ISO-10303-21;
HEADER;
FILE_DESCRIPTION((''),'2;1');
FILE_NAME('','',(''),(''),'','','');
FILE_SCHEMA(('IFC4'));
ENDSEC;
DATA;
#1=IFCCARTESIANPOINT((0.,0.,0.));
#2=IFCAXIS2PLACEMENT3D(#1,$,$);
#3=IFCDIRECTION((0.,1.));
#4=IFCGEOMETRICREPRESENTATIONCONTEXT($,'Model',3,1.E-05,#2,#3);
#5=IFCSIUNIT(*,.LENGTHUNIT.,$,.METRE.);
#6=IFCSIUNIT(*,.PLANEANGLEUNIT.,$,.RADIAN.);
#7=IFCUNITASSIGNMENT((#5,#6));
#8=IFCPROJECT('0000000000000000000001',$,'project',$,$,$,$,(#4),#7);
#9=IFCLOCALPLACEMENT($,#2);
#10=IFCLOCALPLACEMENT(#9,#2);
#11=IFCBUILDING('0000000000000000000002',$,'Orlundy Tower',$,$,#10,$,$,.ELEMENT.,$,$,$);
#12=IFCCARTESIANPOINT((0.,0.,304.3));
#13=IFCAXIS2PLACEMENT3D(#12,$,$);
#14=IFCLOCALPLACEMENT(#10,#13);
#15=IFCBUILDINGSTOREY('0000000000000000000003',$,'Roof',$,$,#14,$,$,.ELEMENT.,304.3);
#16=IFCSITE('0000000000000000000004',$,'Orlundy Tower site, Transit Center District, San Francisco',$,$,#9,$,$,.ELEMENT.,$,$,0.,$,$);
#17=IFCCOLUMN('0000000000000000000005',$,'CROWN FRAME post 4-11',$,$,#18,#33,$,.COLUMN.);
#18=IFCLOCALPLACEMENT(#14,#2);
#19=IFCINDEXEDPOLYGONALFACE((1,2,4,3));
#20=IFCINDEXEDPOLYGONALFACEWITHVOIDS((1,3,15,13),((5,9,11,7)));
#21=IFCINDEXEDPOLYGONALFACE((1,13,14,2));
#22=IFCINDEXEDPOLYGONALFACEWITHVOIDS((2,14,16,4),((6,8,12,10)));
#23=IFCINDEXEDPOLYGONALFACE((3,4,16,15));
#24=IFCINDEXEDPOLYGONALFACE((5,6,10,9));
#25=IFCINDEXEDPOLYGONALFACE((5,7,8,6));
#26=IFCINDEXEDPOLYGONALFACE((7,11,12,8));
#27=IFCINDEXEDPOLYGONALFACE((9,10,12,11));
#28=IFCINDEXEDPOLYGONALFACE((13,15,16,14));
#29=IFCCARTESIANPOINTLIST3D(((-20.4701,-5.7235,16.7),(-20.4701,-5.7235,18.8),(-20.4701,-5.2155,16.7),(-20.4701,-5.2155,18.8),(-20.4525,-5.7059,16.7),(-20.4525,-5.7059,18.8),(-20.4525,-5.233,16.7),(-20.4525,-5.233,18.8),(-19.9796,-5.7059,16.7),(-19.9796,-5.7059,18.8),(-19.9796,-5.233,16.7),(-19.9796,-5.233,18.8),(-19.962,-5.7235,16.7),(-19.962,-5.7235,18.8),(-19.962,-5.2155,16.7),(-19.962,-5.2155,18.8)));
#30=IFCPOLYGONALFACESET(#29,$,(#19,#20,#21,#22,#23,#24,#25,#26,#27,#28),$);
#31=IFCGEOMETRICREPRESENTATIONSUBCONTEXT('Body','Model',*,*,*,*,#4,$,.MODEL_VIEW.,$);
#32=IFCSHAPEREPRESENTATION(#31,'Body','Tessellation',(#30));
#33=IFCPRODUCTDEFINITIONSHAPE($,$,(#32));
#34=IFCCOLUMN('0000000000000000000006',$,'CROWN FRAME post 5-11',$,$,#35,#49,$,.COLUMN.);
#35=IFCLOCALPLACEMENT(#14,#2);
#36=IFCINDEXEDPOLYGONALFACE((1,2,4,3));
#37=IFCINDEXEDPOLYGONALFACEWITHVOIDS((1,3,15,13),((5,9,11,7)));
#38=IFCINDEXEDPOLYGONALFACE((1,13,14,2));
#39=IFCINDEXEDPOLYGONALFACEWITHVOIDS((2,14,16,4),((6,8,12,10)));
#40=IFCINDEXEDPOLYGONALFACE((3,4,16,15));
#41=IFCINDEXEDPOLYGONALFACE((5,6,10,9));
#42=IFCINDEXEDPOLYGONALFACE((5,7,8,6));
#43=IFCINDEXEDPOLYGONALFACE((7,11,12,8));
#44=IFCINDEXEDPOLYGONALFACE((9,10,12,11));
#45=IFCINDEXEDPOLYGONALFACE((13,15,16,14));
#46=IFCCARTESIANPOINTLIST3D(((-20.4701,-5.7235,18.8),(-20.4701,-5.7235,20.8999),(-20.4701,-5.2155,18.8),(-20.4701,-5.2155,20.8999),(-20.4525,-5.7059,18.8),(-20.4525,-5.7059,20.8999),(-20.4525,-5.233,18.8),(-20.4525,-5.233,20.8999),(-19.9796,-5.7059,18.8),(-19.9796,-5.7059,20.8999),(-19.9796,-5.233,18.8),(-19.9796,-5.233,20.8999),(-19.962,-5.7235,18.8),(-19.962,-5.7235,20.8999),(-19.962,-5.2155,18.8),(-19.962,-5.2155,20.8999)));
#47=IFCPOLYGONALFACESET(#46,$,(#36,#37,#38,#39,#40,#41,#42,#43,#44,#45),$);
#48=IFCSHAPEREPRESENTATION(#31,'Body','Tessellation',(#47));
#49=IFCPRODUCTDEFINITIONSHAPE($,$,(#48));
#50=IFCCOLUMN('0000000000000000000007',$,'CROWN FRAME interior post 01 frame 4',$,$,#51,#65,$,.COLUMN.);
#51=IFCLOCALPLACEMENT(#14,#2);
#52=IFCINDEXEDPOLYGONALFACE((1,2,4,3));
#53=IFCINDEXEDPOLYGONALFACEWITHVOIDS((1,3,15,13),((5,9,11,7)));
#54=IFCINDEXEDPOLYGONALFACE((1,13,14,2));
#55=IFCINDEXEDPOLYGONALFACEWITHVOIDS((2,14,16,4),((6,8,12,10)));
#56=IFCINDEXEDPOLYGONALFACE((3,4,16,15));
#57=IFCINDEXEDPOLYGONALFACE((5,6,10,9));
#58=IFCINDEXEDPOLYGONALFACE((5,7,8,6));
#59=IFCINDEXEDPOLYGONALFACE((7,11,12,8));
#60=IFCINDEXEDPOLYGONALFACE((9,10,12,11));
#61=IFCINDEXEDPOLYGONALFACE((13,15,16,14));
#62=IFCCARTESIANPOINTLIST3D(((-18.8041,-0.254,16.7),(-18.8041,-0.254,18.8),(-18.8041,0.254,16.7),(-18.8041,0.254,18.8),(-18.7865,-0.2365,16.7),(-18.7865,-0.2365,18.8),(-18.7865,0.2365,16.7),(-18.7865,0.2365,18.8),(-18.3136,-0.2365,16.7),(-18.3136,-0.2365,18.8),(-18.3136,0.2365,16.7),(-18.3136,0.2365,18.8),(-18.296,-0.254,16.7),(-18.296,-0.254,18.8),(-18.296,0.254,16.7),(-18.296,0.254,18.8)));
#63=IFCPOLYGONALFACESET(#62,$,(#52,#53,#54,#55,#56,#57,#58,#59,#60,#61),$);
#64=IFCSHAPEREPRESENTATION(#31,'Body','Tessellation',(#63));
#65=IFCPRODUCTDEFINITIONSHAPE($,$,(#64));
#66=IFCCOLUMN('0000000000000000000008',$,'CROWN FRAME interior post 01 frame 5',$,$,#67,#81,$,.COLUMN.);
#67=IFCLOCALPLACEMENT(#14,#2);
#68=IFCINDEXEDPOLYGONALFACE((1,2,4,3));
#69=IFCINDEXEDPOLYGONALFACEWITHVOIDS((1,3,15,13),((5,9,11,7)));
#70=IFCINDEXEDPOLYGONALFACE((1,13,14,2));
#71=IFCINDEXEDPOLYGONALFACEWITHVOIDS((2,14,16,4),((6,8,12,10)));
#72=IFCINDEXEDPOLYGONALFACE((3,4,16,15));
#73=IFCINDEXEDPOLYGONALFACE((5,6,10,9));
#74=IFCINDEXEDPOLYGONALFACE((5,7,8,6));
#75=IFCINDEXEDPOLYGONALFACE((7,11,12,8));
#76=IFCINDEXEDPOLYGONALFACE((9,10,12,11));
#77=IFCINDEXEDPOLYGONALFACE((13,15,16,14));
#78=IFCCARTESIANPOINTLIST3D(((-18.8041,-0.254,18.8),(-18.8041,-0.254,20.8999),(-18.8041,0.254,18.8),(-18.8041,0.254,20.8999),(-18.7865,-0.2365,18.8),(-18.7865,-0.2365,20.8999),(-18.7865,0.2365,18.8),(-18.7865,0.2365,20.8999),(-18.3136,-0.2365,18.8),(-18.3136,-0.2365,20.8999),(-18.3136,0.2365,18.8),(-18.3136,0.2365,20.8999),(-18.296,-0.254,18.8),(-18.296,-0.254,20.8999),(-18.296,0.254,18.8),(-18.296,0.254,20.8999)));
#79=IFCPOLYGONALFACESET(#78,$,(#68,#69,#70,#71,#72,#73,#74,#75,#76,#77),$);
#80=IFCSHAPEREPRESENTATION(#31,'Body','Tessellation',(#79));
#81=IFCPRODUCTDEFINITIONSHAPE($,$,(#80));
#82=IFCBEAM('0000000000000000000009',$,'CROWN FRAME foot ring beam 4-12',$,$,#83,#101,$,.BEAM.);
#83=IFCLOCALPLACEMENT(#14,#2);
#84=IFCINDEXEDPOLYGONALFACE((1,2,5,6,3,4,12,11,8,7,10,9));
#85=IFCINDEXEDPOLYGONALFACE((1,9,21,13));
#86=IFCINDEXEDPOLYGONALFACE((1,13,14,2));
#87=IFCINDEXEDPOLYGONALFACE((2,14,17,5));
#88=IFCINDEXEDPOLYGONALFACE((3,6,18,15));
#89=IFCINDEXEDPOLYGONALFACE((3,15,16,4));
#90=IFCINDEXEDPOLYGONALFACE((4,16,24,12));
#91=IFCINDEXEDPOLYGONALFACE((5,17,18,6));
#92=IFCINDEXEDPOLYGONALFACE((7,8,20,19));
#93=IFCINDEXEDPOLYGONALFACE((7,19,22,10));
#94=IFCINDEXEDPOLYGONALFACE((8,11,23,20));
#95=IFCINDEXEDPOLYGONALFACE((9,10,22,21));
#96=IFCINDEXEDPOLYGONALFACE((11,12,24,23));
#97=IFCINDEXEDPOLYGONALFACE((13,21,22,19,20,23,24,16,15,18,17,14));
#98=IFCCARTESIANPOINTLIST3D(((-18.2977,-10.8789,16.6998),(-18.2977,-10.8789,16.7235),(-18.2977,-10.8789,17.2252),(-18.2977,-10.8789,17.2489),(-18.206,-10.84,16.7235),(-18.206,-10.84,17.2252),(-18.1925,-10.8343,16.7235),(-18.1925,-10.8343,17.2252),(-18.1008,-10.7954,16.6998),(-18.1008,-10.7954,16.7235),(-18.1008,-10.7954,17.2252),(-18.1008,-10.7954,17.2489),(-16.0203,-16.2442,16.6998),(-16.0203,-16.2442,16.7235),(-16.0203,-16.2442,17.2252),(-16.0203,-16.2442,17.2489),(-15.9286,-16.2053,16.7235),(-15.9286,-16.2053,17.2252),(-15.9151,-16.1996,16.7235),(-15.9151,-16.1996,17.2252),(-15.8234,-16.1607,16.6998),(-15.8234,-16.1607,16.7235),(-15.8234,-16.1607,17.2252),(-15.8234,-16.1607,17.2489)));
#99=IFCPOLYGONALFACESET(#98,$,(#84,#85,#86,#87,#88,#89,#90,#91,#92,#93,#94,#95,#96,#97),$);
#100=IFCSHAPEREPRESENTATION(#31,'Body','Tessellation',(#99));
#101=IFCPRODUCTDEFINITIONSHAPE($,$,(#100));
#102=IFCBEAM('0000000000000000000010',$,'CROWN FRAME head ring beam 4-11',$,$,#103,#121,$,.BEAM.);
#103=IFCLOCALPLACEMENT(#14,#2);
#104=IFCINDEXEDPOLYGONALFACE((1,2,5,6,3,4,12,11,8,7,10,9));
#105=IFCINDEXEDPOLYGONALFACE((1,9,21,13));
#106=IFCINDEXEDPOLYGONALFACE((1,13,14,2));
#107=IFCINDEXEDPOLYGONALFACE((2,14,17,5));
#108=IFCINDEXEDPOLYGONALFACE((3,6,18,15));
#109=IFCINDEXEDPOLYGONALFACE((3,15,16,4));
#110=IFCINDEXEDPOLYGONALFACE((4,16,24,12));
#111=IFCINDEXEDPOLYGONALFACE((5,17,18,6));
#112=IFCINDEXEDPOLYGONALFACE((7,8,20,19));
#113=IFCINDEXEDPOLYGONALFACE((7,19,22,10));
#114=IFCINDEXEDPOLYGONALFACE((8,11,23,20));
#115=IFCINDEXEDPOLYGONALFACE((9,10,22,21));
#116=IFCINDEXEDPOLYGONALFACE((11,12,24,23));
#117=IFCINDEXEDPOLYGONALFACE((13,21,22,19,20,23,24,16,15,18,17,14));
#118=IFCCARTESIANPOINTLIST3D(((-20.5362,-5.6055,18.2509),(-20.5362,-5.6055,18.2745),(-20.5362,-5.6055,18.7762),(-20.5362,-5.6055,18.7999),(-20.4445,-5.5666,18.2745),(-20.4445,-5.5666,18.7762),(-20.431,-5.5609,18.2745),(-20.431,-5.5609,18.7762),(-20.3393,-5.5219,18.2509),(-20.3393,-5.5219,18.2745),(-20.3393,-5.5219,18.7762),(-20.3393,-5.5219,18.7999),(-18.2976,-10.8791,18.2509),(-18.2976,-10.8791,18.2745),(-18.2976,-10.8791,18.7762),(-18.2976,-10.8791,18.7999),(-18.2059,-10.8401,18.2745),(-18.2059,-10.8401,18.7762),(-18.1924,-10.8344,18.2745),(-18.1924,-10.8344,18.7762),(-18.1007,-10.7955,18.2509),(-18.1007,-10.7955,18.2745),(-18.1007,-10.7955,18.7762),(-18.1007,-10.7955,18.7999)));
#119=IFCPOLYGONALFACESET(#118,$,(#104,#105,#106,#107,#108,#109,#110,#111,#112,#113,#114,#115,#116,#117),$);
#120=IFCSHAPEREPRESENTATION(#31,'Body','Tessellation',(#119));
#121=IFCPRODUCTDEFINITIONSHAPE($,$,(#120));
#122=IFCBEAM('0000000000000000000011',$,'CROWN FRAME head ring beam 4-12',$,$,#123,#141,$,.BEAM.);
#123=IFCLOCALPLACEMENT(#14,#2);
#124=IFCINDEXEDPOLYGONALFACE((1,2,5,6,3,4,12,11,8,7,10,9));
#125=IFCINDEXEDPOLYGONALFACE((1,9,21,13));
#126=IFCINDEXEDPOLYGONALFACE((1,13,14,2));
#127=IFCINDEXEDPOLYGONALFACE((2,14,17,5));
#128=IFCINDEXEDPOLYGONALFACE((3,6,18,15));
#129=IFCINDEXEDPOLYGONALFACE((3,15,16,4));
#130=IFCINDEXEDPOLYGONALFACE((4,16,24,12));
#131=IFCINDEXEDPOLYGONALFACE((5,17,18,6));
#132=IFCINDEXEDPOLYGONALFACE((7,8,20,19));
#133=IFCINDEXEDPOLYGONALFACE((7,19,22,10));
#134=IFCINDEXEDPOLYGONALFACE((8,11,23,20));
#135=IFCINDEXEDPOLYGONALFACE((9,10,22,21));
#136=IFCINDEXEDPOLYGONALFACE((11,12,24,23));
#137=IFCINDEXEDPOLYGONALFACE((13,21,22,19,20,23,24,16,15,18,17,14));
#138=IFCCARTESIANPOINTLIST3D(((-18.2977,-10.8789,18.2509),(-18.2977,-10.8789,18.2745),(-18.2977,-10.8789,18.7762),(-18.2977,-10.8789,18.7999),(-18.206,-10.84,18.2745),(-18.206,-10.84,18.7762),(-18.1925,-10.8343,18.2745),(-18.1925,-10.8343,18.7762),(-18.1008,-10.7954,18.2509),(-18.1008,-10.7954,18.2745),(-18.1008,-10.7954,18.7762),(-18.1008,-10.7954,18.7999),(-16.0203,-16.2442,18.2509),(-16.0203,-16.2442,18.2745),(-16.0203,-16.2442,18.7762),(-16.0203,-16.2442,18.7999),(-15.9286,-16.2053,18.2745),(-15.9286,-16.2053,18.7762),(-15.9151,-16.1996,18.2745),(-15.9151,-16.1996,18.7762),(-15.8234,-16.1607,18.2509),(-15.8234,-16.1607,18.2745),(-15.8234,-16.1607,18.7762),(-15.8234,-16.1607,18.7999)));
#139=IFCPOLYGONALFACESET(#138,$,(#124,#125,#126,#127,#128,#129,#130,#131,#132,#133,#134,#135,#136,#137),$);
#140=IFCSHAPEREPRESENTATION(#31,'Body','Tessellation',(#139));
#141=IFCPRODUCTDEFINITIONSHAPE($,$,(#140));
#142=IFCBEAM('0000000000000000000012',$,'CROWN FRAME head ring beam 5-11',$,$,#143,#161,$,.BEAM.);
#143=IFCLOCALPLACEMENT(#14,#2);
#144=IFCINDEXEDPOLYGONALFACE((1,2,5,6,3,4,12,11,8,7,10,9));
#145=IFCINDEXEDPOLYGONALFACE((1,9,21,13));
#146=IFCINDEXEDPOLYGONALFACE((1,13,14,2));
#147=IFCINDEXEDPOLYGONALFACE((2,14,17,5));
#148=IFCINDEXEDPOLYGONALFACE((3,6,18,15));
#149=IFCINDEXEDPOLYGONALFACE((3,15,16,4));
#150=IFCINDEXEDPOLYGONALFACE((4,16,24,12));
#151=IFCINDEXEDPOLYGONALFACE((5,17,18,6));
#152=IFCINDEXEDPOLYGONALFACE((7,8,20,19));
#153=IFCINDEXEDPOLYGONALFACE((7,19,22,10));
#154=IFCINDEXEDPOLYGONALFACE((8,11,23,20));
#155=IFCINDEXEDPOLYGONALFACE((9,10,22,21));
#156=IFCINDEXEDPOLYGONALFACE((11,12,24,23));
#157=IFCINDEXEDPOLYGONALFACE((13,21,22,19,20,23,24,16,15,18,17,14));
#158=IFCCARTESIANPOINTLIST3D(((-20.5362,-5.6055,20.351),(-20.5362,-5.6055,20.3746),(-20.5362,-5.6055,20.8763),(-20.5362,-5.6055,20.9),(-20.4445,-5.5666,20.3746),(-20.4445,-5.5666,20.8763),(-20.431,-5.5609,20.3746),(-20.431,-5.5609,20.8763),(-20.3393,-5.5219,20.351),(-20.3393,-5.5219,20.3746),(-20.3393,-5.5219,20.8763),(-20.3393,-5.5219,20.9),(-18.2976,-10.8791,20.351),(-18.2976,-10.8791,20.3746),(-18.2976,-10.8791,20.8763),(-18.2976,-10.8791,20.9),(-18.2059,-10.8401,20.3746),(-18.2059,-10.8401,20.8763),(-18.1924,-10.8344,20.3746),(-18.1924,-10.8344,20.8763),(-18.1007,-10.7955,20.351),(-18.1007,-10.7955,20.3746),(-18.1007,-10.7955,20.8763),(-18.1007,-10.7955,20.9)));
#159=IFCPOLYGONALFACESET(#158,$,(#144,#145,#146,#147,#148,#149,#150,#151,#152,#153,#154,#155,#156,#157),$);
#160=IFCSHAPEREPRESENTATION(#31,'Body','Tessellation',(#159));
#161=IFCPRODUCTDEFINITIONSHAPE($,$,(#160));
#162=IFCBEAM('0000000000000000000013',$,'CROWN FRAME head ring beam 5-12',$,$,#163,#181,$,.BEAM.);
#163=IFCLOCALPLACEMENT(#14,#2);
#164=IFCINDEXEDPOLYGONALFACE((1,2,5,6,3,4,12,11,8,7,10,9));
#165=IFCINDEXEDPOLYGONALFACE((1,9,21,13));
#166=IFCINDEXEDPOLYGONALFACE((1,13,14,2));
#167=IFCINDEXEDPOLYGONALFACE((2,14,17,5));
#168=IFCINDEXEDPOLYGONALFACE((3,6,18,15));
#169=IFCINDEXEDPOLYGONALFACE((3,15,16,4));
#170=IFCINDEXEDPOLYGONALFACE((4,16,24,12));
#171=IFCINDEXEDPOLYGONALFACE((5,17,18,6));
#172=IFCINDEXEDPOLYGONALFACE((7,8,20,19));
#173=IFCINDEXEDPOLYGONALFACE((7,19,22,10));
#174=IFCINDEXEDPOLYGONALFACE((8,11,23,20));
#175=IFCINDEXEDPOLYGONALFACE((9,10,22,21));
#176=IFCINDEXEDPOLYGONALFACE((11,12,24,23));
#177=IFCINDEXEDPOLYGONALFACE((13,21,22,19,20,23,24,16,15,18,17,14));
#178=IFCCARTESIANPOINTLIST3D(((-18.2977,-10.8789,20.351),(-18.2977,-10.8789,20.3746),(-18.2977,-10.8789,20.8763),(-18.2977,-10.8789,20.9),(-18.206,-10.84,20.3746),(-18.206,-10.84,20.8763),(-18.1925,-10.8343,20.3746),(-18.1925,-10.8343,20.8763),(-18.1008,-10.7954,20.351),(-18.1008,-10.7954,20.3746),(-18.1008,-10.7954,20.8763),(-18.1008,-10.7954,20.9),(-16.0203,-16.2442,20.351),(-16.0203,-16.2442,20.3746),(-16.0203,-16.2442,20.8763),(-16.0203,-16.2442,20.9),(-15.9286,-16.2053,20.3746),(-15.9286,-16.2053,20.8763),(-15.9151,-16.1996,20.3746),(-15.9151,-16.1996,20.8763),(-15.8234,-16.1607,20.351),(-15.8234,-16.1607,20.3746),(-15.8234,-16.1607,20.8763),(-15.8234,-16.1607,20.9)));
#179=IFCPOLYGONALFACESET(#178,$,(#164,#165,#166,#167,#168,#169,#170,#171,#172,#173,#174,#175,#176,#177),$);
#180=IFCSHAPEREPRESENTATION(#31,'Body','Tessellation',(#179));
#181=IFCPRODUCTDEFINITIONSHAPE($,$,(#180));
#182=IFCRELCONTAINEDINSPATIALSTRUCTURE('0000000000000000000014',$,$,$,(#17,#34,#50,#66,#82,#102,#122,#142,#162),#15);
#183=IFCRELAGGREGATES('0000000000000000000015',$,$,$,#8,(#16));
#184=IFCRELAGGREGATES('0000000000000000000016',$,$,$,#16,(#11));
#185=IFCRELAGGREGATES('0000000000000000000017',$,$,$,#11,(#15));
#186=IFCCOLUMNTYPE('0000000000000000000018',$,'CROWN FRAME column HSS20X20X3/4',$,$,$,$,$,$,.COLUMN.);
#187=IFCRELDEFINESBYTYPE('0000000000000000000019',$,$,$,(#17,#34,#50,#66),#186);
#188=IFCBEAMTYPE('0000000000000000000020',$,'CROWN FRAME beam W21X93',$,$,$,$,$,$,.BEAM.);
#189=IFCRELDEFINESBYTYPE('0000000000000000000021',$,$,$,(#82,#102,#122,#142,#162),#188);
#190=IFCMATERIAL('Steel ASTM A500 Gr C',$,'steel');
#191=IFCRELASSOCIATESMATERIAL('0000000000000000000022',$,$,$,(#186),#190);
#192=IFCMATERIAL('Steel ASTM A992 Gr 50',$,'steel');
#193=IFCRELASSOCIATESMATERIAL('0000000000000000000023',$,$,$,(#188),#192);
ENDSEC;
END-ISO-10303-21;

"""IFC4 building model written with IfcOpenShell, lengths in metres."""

from ifc_helpers import new_model, si_unit, direction, frame, origin, origin_2d, place, context, subcontext, project, spatial, hollow_rectangle, i_section, extrude, material, material_profile, profile_set, type_object, element, save


model = new_model("IFC4")

# Units and contexts
model_context = context("Model", 3, precision=1e-05, world=origin(), true_north=direction((0.0, 1.0)))
body_context = subcontext(model_context, "Body", "Model", "MODEL_VIEW")
ifc_project = project(units=[si_unit("LENGTHUNIT", "METRE"), si_unit("PLANEANGLEUNIT", "RADIAN")], contexts=[model_context])

# Site, building, storey
site_placement = place(None, origin())
site = spatial("IfcSite", under=ifc_project, at=site_placement, Name="Orlundy Tower site, Transit Center District, San Francisco", CompositionType="ELEMENT", RefElevation=0.0)
building_placement = place(site_placement, origin())
building = spatial("IfcBuilding", under=site, at=building_placement, Name="Orlundy Tower", CompositionType="ELEMENT")
storey_placement = place(building_placement, frame((0.0, 0.0, 304.3)))
storey = spatial("IfcBuildingStorey", under=building, at=storey_placement, Name="Roof", CompositionType="ELEMENT", Elevation=304.3)

# Columns
ifc_material_1 = material(Name="Steel ASTM A500 Gr C", Category="steel")
ifc_material_profile_1 = material_profile(ifc_material_1, hollow_rectangle(XDim=0.5081, YDim=0.5081, WallThickness=0.0176, at=origin_2d()), Name="HSS20X20X3/4")
ifc_profile_set_1 = profile_set([ifc_material_profile_1], Name="Steel ASTM A500 Gr C")
column_type = type_object("IfcColumnType", Name="CROWN FRAME column HSS20X20X3/4", PredefinedType="COLUMN", material=ifc_profile_set_1)
column_1_placement = place(storey_placement, frame((-20.2161, -5.4695, 16.7), z_axis=(0.0, 0.0, 1.0), x_axis=(1.0, 0.0, 0.0)))
element("IfcColumn", 1, at=column_1_placement, inside=storey, type_object=column_type, Name="CROWN FRAME post 4-11", PredefinedType="COLUMN", context=body_context, shape_type="SweptSolid", body=[
    extrude(hollow_rectangle(XDim=0.5081, YDim=0.5081, WallThickness=0.0176, at=origin_2d()), origin(), (0.0, 0.0, 1.0), 2.1001),
])
column_2_placement = place(storey_placement, frame((-20.2161, -5.4695, 18.8), z_axis=(0.0, 0.0, 1.0), x_axis=(1.0, 0.0, 0.0)))
element("IfcColumn", 2, at=column_2_placement, inside=storey, type_object=column_type, Name="CROWN FRAME post 5-11", PredefinedType="COLUMN", context=body_context, shape_type="SweptSolid", body=[
    extrude(hollow_rectangle(XDim=0.5081, YDim=0.5081, WallThickness=0.0176, at=origin_2d()), origin(), (0.0, 0.0, 1.0), 2.0999),
])
column_3_placement = place(storey_placement, frame((-18.55, 0.0, 16.7), z_axis=(0.0, 0.0, 1.0), x_axis=(1.0, 0.0, 0.0)))
element("IfcColumn", 3, at=column_3_placement, inside=storey, type_object=column_type, Name="CROWN FRAME interior post 01 frame 4", PredefinedType="COLUMN", context=body_context, shape_type="SweptSolid", body=[
    extrude(hollow_rectangle(XDim=0.5081, YDim=0.5081, WallThickness=0.0176, at=origin_2d()), origin(), (0.0, 0.0, 1.0), 2.1001),
])
column_4_placement = place(storey_placement, frame((-18.55, 0.0, 18.8), z_axis=(0.0, 0.0, 1.0), x_axis=(1.0, 0.0, 0.0)))
element("IfcColumn", 4, at=column_4_placement, inside=storey, type_object=column_type, Name="CROWN FRAME interior post 01 frame 5", PredefinedType="COLUMN", context=body_context, shape_type="SweptSolid", body=[
    extrude(hollow_rectangle(XDim=0.5081, YDim=0.5081, WallThickness=0.0176, at=origin_2d()), origin(), (0.0, 0.0, 1.0), 2.0999),
])

# Beams
ifc_material_2 = material(Name="Steel ASTM A992 Gr 50", Category="steel")
ifc_material_profile_2 = material_profile(ifc_material_2, i_section(OverallWidth=0.2139, OverallDepth=0.5491, WebThickness=0.0146, FlangeThickness=0.0237, at=origin_2d()), Name="W21X93")
ifc_profile_set_2 = profile_set([ifc_material_profile_2], Name="Steel ASTM A992 Gr 50")
beam_type_1 = type_object("IfcBeamType", Name="CROWN FRAME beam W21X93", PredefinedType="BEAM", material=ifc_profile_set_2)
beam_1_placement = place(storey_placement, frame((-18.1992, -10.8372, 16.9744), z_axis=(0.390722, -0.920509, 0.0), x_axis=(0.920509, 0.390722, 0.0)))
element("IfcBeam", 5, at=beam_1_placement, inside=storey, type_object=beam_type_1, Name="CROWN FRAME foot ring beam 4-12", PredefinedType="BEAM", context=body_context, shape_type="SweptSolid", body=[
    extrude(i_section(OverallWidth=0.2139, OverallDepth=0.5491, WebThickness=0.0146, FlangeThickness=0.0237, at=origin_2d()), origin(), (0.0, 0.0, 1.0), 5.8286),
])
beam_2_placement = place(storey_placement, frame((-20.4377, -5.5637, 18.5254), z_axis=(0.390744, -0.9205, 0.0), x_axis=(0.9205, 0.390744, 0.0)))
element("IfcBeam", 6, at=beam_2_placement, inside=storey, type_object=beam_type_1, Name="CROWN FRAME head ring beam 4-11", PredefinedType="BEAM", context=body_context, shape_type="SweptSolid", body=[
    extrude(i_section(OverallWidth=0.2139, OverallDepth=0.5491, WebThickness=0.0146, FlangeThickness=0.0237, at=origin_2d()), origin(), (0.0, 0.0, 1.0), 5.729),
])
beam_3_placement = place(storey_placement, frame((-18.1992, -10.8372, 18.5254), z_axis=(0.390722, -0.920509, 0.0), x_axis=(0.920509, 0.390722, 0.0)))
element("IfcBeam", 7, at=beam_3_placement, inside=storey, type_object=beam_type_1, Name="CROWN FRAME head ring beam 4-12", PredefinedType="BEAM", context=body_context, shape_type="SweptSolid", body=[
    extrude(i_section(OverallWidth=0.2139, OverallDepth=0.5491, WebThickness=0.0146, FlangeThickness=0.0237, at=origin_2d()), origin(), (0.0, 0.0, 1.0), 5.8286),
])
beam_4_placement = place(storey_placement, frame((-20.4377, -5.5637, 20.6255), z_axis=(0.390744, -0.9205, 0.0), x_axis=(0.9205, 0.390744, 0.0)))
element("IfcBeam", 8, at=beam_4_placement, inside=storey, type_object=beam_type_1, Name="CROWN FRAME head ring beam 5-11", PredefinedType="BEAM", context=body_context, shape_type="SweptSolid", body=[
    extrude(i_section(OverallWidth=0.2139, OverallDepth=0.5491, WebThickness=0.0146, FlangeThickness=0.0237, at=origin_2d()), origin(), (0.0, 0.0, 1.0), 5.729),
])
beam_5_placement = place(storey_placement, frame((-18.1992, -10.8372, 20.6255), z_axis=(0.390722, -0.920509, 0.0), x_axis=(0.920509, 0.390722, 0.0)))
element("IfcBeam", 9, at=beam_5_placement, inside=storey, type_object=beam_type_1, Name="CROWN FRAME head ring beam 5-12", PredefinedType="BEAM", context=body_context, shape_type="SweptSolid", body=[
    extrude(i_section(OverallWidth=0.2139, OverallDepth=0.5491, WebThickness=0.0146, FlangeThickness=0.0237, at=origin_2d()), origin(), (0.0, 0.0, 1.0), 5.8286),
])

save(model, "model.ifc")
